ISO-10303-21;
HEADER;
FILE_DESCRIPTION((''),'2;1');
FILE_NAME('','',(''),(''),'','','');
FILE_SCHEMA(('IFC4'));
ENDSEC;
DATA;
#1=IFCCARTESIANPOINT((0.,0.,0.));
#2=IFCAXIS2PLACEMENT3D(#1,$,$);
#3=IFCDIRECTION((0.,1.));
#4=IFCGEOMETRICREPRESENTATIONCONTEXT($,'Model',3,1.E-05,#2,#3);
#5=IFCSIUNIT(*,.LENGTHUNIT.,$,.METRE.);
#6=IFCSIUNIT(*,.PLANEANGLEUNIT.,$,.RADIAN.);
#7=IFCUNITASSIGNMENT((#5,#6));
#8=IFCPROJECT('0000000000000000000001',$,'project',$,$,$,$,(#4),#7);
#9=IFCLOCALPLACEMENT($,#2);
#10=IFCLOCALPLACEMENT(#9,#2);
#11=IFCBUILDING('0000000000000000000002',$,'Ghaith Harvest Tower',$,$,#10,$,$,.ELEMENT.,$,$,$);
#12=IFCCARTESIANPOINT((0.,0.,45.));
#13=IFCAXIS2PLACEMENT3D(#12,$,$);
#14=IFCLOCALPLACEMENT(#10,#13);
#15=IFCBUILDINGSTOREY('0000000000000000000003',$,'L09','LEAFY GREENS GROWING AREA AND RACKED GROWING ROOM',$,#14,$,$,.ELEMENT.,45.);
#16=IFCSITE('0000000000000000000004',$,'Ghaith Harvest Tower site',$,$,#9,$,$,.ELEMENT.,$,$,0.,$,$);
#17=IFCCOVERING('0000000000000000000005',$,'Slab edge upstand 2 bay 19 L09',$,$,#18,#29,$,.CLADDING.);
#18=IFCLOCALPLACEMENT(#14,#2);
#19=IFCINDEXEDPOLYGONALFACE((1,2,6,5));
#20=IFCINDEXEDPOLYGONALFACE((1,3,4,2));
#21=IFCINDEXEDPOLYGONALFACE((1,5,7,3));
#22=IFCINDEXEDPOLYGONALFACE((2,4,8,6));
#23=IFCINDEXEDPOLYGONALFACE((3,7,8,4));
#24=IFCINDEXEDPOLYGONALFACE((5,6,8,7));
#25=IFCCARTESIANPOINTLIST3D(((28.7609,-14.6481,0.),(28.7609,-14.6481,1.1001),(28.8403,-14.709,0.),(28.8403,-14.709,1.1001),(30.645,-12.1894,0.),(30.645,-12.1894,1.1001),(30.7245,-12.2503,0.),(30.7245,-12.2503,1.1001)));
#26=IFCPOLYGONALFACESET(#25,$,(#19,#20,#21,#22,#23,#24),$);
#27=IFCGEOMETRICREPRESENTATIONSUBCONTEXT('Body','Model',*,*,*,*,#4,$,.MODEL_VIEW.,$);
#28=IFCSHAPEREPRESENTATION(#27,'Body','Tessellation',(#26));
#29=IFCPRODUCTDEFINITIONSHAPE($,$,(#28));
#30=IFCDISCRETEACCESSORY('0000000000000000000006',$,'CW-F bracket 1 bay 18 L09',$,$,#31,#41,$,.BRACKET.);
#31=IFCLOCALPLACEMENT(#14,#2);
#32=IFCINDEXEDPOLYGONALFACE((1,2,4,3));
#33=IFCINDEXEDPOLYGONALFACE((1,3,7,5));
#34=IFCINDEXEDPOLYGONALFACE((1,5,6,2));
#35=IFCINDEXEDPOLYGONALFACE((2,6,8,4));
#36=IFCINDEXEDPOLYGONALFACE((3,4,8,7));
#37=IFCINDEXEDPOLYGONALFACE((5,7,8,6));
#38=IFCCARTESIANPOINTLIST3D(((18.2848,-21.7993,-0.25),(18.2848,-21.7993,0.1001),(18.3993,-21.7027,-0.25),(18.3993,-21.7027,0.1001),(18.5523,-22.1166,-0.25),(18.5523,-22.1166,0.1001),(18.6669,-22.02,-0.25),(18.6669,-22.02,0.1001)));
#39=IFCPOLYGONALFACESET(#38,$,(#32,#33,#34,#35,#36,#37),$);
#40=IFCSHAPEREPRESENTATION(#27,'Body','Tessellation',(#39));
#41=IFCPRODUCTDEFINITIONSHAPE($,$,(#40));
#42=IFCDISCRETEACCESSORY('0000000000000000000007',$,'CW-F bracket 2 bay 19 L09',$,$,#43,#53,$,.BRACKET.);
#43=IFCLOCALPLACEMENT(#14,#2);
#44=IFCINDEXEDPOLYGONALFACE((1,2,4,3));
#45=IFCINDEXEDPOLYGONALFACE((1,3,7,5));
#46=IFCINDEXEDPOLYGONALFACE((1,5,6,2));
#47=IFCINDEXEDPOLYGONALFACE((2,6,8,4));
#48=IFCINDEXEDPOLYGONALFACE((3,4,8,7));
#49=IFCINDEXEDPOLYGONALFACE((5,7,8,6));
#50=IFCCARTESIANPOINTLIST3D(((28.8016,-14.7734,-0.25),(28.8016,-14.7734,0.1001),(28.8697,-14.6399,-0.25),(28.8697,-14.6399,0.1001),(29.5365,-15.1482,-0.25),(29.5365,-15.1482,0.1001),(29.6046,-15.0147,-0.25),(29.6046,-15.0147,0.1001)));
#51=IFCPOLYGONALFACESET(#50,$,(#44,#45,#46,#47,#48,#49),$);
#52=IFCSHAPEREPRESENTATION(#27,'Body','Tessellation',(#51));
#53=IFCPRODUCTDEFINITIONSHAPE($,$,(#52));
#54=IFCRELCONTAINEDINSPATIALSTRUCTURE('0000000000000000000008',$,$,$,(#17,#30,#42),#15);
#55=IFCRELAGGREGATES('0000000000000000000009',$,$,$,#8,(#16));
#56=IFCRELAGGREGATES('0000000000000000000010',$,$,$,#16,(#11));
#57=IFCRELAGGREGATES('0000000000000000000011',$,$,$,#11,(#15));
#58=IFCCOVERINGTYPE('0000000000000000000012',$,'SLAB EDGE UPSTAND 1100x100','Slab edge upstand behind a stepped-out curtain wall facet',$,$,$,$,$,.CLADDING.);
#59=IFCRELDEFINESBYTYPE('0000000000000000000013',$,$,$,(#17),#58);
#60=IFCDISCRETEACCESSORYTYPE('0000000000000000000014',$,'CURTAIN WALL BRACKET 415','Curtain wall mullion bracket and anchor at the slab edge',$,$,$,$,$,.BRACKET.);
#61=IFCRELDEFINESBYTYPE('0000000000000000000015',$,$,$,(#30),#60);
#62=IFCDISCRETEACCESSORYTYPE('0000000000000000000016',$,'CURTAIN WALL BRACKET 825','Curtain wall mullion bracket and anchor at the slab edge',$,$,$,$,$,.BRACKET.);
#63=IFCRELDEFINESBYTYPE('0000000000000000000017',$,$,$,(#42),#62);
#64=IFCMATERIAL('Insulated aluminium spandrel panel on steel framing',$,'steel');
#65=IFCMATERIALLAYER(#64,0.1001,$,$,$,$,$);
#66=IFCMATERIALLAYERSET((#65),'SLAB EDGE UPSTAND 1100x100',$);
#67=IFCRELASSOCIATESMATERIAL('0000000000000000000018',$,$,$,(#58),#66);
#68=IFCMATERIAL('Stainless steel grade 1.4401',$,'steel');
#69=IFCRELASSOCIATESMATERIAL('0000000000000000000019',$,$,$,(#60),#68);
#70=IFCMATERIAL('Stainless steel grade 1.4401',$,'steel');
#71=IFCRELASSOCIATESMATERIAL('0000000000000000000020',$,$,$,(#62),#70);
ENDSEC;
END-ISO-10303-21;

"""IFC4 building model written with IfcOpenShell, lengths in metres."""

from ifc_helpers import new_model, si_unit, direction, frame, origin, origin_2d, place, context, subcontext, project, spatial, rectangle, extrude, material, layer, layer_set, type_object, element, save


model = new_model("IFC4")

# Units and contexts
model_context = context("Model", 3, precision=1e-05, world=origin(), true_north=direction((0.0, 1.0)))
body_context = subcontext(model_context, "Body", "Model", "MODEL_VIEW")
ifc_project = project(units=[si_unit("LENGTHUNIT", "METRE"), si_unit("PLANEANGLEUNIT", "RADIAN")], contexts=[model_context])

# Site, building, storey
site_placement = place(None, origin())
site = spatial("IfcSite", under=ifc_project, at=site_placement, Name="Ghaith Harvest Tower site", CompositionType="ELEMENT", RefElevation=0.0)
building_placement = place(site_placement, origin())
building = spatial("IfcBuilding", under=site, at=building_placement, Name="Ghaith Harvest Tower", CompositionType="ELEMENT")
storey_placement = place(building_placement, frame((0.0, 0.0, 45.0)))
storey = spatial("IfcBuildingStorey", under=building, at=storey_placement, Name="L09", Description="LEAFY GREENS GROWING AREA AND RACKED GROWING ROOM", CompositionType="ELEMENT", Elevation=45.0)

# Covering
ifc_material_1 = material(Name="Insulated aluminium spandrel panel on steel framing", Category="steel")
ifc_layer_1 = layer(ifc_material_1, 0.1001)
ifc_layer_set_1 = layer_set([ifc_layer_1], Name="SLAB EDGE UPSTAND 1100x100")
covering_type = type_object("IfcCoveringType", Name="SLAB EDGE UPSTAND 1100x100", Description="Slab edge upstand behind a stepped-out curtain wall facet", PredefinedType="CLADDING", material=ifc_layer_set_1)
covering_1_placement = place(storey_placement, frame((29.7427, -13.4492, 0.0), z_axis=(0.0, 0.0, 1.0), x_axis=(0.608255, 0.793742, 0.0)))
element("IfcCovering", 1, at=covering_1_placement, inside=storey, type_object=covering_type, Name="Slab edge upstand 2 bay 19 L09", PredefinedType="CLADDING", context=body_context, shape_type="SweptSolid", body=[
    extrude(rectangle(XDim=3.0977, YDim=0.1001, at=origin_2d()), origin(), (0.0, 0.0, 1.0), 1.1001),
])

# Discrete accessories
ifc_material_2 = material(Name="Stainless steel grade 1.4401", Category="steel")
discrete_accessory_type_1 = type_object("IfcDiscreteAccessoryType", Name="CURTAIN WALL BRACKET 415", Description="Curtain wall mullion bracket and anchor at the slab edge", PredefinedType="BRACKET", material=ifc_material_2)
discrete_accessory_1_placement = place(storey_placement, frame((18.4758, -21.9097, -0.25), z_axis=(0.0, 0.0, 1.0), x_axis=(0.644657, -0.764472, 0.0)))
element("IfcDiscreteAccessory", 2, at=discrete_accessory_1_placement, inside=storey, type_object=discrete_accessory_type_1, Name="CW-F bracket 1 bay 18 L09", PredefinedType="BRACKET", context=body_context, shape_type="SweptSolid", body=[
    extrude(rectangle(XDim=0.415, YDim=0.1499, at=origin_2d()), origin(), (0.0, 0.0, 1.0), 0.3501),
])
ifc_material_3 = material(Name="Stainless steel grade 1.4401", Category="steel")
discrete_accessory_type_2 = type_object("IfcDiscreteAccessoryType", Name="CURTAIN WALL BRACKET 825", Description="Curtain wall mullion bracket and anchor at the slab edge", PredefinedType="BRACKET", material=ifc_material_3)
discrete_accessory_2_placement = place(storey_placement, frame((29.2031, -14.894, -0.25), z_axis=(0.0, 0.0, 1.0), x_axis=(0.890831, -0.454335, 0.0)))
element("IfcDiscreteAccessory", 3, at=discrete_accessory_2_placement, inside=storey, type_object=discrete_accessory_type_2, Name="CW-F bracket 2 bay 19 L09", PredefinedType="BRACKET", context=body_context, shape_type="SweptSolid", body=[
    extrude(rectangle(XDim=0.825, YDim=0.1499, at=origin_2d()), origin(), (0.0, 0.0, 1.0), 0.3501),
])

save(model, "model.ifc")
